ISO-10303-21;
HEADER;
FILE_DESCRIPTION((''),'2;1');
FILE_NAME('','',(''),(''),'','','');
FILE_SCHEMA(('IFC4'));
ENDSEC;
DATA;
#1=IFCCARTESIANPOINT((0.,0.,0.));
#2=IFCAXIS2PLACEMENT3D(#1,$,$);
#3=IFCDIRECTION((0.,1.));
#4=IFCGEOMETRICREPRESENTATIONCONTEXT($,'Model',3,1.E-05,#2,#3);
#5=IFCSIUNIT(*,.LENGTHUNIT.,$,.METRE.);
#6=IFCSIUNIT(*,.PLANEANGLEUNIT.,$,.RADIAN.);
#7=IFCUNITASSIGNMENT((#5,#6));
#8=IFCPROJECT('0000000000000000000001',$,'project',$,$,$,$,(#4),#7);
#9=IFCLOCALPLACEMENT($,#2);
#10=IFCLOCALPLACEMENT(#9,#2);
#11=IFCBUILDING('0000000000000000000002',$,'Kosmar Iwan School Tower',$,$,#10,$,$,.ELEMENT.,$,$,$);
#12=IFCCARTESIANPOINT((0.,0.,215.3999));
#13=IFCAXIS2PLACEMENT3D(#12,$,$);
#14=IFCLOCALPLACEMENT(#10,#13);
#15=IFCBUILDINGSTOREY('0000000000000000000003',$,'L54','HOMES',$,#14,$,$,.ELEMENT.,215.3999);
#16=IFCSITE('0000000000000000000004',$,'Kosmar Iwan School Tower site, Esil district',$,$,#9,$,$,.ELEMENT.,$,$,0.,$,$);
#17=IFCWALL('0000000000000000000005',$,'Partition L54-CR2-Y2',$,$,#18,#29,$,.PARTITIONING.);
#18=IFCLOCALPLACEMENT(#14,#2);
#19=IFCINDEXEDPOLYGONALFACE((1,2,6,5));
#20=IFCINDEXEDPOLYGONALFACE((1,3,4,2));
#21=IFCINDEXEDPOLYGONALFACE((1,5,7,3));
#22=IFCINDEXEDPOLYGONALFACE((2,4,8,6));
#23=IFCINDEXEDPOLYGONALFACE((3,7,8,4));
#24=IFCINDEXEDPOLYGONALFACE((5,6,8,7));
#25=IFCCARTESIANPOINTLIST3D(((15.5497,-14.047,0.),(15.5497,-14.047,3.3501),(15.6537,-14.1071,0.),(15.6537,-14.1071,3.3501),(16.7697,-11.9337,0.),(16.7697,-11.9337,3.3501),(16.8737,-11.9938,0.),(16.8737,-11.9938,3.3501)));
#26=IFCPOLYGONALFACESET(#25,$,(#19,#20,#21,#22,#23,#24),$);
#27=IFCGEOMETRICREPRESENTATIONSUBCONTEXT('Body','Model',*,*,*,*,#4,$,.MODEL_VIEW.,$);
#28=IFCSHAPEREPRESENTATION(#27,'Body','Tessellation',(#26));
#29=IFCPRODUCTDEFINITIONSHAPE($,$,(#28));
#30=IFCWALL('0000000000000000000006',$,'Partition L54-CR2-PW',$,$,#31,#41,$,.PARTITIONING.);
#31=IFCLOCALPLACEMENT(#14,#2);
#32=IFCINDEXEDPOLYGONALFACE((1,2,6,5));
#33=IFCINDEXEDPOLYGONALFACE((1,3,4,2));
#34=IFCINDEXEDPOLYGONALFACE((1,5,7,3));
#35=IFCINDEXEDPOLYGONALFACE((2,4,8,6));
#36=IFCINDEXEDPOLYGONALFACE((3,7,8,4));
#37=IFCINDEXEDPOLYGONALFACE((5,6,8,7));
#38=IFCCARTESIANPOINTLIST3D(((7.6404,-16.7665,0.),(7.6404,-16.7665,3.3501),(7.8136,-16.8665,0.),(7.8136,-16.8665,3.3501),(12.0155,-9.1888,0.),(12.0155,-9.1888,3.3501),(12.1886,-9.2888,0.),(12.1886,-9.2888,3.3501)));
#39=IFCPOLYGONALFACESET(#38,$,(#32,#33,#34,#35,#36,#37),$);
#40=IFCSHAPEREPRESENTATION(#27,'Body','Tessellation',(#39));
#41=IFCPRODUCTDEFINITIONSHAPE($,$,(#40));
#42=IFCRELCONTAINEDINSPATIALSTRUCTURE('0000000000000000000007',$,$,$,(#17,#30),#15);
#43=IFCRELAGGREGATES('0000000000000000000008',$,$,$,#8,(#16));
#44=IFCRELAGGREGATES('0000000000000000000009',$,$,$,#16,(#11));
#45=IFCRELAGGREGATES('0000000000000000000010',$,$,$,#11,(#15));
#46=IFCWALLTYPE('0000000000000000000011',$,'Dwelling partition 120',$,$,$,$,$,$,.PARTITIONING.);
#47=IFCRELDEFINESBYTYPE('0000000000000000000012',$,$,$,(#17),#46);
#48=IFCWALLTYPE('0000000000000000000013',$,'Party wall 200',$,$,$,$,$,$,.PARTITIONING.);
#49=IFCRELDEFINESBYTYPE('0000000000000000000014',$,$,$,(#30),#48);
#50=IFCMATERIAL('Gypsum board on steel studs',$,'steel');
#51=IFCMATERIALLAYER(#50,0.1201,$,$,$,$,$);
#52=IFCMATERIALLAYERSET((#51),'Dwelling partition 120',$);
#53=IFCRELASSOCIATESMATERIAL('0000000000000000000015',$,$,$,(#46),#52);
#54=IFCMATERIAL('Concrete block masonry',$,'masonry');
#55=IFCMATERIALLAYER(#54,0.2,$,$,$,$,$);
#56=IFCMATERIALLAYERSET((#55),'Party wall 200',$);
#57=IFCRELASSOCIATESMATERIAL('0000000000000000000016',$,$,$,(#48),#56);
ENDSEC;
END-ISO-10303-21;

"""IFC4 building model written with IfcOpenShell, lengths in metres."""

from ifc_helpers import new_model, si_unit, direction, frame, frame_2d, origin, place, context, subcontext, project, spatial, rectangle, extrude, material, layer, layer_set, type_object, element, save


model = new_model("IFC4")

# Units and contexts
model_context = context("Model", 3, precision=1e-05, world=origin(), true_north=direction((0.0, 1.0)))
body_context = subcontext(model_context, "Body", "Model", "MODEL_VIEW")
ifc_project = project(units=[si_unit("LENGTHUNIT", "METRE"), si_unit("PLANEANGLEUNIT", "RADIAN")], contexts=[model_context])

# Site, building, storey
site_placement = place(None, origin())
site = spatial("IfcSite", under=ifc_project, at=site_placement, Name="Kosmar Iwan School Tower site, Esil district", CompositionType="ELEMENT", RefElevation=0.0)
building_placement = place(site_placement, origin())
building = spatial("IfcBuilding", under=site, at=building_placement, Name="Kosmar Iwan School Tower", CompositionType="ELEMENT")
storey_placement = place(building_placement, frame((0.0, 0.0, 215.3999)))
storey = spatial("IfcBuildingStorey", under=building, at=storey_placement, Name="L54", Description="HOMES", CompositionType="ELEMENT", Elevation=215.3999)

# Shared definitions
ifc_material_1 = material(Name="Gypsum board on steel studs", Category="steel")
ifc_layer_1 = layer(ifc_material_1, 0.1201)
ifc_layer_set_1 = layer_set([ifc_layer_1], Name="Dwelling partition 120")
wall_type_1 = type_object("IfcWallType", Name="Dwelling partition 120", PredefinedType="PARTITIONING", material=ifc_layer_set_1)

# Walls
wall_1_placement = place(storey_placement, frame((16.8218, -11.9636, 0.0), z_axis=(0.0, 0.0, 1.0), x_axis=(-0.499959, -0.866049, 0.0)))
element("IfcWall", 1, at=wall_1_placement, inside=storey, type_object=wall_type_1, Name="Partition L54-CR2-Y2", PredefinedType="PARTITIONING", context=body_context, shape_type="SweptSolid", body=[
    extrude(rectangle(XDim=2.4402, YDim=0.1201, at=frame_2d((1.2202, 0.0))), origin(), (0.0, 0.0, 1.0), 3.3501),
])
ifc_material_2 = material(Name="Concrete block masonry", Category="masonry")
ifc_layer_2 = layer(ifc_material_2, 0.2)
ifc_layer_set_2 = layer_set([ifc_layer_2], Name="Party wall 200")
wall_type_2 = type_object("IfcWallType", Name="Party wall 200", PredefinedType="PARTITIONING", material=ifc_layer_set_2)
wall_2_placement = place(storey_placement, frame((12.1021, -9.2388, 0.0), z_axis=(0.0, 0.0, 1.0), x_axis=(-0.500004, -0.866023, 0.0)))
element("IfcWall", 2, at=wall_2_placement, inside=storey, type_object=wall_type_2, Name="Partition L54-CR2-PW", PredefinedType="PARTITIONING", context=body_context, shape_type="SweptSolid", body=[
    extrude(rectangle(XDim=8.75, YDim=0.2, at=frame_2d((4.375, 0.0))), origin(), (0.0, 0.0, 1.0), 3.3501),
])

save(model, "model.ifc")
